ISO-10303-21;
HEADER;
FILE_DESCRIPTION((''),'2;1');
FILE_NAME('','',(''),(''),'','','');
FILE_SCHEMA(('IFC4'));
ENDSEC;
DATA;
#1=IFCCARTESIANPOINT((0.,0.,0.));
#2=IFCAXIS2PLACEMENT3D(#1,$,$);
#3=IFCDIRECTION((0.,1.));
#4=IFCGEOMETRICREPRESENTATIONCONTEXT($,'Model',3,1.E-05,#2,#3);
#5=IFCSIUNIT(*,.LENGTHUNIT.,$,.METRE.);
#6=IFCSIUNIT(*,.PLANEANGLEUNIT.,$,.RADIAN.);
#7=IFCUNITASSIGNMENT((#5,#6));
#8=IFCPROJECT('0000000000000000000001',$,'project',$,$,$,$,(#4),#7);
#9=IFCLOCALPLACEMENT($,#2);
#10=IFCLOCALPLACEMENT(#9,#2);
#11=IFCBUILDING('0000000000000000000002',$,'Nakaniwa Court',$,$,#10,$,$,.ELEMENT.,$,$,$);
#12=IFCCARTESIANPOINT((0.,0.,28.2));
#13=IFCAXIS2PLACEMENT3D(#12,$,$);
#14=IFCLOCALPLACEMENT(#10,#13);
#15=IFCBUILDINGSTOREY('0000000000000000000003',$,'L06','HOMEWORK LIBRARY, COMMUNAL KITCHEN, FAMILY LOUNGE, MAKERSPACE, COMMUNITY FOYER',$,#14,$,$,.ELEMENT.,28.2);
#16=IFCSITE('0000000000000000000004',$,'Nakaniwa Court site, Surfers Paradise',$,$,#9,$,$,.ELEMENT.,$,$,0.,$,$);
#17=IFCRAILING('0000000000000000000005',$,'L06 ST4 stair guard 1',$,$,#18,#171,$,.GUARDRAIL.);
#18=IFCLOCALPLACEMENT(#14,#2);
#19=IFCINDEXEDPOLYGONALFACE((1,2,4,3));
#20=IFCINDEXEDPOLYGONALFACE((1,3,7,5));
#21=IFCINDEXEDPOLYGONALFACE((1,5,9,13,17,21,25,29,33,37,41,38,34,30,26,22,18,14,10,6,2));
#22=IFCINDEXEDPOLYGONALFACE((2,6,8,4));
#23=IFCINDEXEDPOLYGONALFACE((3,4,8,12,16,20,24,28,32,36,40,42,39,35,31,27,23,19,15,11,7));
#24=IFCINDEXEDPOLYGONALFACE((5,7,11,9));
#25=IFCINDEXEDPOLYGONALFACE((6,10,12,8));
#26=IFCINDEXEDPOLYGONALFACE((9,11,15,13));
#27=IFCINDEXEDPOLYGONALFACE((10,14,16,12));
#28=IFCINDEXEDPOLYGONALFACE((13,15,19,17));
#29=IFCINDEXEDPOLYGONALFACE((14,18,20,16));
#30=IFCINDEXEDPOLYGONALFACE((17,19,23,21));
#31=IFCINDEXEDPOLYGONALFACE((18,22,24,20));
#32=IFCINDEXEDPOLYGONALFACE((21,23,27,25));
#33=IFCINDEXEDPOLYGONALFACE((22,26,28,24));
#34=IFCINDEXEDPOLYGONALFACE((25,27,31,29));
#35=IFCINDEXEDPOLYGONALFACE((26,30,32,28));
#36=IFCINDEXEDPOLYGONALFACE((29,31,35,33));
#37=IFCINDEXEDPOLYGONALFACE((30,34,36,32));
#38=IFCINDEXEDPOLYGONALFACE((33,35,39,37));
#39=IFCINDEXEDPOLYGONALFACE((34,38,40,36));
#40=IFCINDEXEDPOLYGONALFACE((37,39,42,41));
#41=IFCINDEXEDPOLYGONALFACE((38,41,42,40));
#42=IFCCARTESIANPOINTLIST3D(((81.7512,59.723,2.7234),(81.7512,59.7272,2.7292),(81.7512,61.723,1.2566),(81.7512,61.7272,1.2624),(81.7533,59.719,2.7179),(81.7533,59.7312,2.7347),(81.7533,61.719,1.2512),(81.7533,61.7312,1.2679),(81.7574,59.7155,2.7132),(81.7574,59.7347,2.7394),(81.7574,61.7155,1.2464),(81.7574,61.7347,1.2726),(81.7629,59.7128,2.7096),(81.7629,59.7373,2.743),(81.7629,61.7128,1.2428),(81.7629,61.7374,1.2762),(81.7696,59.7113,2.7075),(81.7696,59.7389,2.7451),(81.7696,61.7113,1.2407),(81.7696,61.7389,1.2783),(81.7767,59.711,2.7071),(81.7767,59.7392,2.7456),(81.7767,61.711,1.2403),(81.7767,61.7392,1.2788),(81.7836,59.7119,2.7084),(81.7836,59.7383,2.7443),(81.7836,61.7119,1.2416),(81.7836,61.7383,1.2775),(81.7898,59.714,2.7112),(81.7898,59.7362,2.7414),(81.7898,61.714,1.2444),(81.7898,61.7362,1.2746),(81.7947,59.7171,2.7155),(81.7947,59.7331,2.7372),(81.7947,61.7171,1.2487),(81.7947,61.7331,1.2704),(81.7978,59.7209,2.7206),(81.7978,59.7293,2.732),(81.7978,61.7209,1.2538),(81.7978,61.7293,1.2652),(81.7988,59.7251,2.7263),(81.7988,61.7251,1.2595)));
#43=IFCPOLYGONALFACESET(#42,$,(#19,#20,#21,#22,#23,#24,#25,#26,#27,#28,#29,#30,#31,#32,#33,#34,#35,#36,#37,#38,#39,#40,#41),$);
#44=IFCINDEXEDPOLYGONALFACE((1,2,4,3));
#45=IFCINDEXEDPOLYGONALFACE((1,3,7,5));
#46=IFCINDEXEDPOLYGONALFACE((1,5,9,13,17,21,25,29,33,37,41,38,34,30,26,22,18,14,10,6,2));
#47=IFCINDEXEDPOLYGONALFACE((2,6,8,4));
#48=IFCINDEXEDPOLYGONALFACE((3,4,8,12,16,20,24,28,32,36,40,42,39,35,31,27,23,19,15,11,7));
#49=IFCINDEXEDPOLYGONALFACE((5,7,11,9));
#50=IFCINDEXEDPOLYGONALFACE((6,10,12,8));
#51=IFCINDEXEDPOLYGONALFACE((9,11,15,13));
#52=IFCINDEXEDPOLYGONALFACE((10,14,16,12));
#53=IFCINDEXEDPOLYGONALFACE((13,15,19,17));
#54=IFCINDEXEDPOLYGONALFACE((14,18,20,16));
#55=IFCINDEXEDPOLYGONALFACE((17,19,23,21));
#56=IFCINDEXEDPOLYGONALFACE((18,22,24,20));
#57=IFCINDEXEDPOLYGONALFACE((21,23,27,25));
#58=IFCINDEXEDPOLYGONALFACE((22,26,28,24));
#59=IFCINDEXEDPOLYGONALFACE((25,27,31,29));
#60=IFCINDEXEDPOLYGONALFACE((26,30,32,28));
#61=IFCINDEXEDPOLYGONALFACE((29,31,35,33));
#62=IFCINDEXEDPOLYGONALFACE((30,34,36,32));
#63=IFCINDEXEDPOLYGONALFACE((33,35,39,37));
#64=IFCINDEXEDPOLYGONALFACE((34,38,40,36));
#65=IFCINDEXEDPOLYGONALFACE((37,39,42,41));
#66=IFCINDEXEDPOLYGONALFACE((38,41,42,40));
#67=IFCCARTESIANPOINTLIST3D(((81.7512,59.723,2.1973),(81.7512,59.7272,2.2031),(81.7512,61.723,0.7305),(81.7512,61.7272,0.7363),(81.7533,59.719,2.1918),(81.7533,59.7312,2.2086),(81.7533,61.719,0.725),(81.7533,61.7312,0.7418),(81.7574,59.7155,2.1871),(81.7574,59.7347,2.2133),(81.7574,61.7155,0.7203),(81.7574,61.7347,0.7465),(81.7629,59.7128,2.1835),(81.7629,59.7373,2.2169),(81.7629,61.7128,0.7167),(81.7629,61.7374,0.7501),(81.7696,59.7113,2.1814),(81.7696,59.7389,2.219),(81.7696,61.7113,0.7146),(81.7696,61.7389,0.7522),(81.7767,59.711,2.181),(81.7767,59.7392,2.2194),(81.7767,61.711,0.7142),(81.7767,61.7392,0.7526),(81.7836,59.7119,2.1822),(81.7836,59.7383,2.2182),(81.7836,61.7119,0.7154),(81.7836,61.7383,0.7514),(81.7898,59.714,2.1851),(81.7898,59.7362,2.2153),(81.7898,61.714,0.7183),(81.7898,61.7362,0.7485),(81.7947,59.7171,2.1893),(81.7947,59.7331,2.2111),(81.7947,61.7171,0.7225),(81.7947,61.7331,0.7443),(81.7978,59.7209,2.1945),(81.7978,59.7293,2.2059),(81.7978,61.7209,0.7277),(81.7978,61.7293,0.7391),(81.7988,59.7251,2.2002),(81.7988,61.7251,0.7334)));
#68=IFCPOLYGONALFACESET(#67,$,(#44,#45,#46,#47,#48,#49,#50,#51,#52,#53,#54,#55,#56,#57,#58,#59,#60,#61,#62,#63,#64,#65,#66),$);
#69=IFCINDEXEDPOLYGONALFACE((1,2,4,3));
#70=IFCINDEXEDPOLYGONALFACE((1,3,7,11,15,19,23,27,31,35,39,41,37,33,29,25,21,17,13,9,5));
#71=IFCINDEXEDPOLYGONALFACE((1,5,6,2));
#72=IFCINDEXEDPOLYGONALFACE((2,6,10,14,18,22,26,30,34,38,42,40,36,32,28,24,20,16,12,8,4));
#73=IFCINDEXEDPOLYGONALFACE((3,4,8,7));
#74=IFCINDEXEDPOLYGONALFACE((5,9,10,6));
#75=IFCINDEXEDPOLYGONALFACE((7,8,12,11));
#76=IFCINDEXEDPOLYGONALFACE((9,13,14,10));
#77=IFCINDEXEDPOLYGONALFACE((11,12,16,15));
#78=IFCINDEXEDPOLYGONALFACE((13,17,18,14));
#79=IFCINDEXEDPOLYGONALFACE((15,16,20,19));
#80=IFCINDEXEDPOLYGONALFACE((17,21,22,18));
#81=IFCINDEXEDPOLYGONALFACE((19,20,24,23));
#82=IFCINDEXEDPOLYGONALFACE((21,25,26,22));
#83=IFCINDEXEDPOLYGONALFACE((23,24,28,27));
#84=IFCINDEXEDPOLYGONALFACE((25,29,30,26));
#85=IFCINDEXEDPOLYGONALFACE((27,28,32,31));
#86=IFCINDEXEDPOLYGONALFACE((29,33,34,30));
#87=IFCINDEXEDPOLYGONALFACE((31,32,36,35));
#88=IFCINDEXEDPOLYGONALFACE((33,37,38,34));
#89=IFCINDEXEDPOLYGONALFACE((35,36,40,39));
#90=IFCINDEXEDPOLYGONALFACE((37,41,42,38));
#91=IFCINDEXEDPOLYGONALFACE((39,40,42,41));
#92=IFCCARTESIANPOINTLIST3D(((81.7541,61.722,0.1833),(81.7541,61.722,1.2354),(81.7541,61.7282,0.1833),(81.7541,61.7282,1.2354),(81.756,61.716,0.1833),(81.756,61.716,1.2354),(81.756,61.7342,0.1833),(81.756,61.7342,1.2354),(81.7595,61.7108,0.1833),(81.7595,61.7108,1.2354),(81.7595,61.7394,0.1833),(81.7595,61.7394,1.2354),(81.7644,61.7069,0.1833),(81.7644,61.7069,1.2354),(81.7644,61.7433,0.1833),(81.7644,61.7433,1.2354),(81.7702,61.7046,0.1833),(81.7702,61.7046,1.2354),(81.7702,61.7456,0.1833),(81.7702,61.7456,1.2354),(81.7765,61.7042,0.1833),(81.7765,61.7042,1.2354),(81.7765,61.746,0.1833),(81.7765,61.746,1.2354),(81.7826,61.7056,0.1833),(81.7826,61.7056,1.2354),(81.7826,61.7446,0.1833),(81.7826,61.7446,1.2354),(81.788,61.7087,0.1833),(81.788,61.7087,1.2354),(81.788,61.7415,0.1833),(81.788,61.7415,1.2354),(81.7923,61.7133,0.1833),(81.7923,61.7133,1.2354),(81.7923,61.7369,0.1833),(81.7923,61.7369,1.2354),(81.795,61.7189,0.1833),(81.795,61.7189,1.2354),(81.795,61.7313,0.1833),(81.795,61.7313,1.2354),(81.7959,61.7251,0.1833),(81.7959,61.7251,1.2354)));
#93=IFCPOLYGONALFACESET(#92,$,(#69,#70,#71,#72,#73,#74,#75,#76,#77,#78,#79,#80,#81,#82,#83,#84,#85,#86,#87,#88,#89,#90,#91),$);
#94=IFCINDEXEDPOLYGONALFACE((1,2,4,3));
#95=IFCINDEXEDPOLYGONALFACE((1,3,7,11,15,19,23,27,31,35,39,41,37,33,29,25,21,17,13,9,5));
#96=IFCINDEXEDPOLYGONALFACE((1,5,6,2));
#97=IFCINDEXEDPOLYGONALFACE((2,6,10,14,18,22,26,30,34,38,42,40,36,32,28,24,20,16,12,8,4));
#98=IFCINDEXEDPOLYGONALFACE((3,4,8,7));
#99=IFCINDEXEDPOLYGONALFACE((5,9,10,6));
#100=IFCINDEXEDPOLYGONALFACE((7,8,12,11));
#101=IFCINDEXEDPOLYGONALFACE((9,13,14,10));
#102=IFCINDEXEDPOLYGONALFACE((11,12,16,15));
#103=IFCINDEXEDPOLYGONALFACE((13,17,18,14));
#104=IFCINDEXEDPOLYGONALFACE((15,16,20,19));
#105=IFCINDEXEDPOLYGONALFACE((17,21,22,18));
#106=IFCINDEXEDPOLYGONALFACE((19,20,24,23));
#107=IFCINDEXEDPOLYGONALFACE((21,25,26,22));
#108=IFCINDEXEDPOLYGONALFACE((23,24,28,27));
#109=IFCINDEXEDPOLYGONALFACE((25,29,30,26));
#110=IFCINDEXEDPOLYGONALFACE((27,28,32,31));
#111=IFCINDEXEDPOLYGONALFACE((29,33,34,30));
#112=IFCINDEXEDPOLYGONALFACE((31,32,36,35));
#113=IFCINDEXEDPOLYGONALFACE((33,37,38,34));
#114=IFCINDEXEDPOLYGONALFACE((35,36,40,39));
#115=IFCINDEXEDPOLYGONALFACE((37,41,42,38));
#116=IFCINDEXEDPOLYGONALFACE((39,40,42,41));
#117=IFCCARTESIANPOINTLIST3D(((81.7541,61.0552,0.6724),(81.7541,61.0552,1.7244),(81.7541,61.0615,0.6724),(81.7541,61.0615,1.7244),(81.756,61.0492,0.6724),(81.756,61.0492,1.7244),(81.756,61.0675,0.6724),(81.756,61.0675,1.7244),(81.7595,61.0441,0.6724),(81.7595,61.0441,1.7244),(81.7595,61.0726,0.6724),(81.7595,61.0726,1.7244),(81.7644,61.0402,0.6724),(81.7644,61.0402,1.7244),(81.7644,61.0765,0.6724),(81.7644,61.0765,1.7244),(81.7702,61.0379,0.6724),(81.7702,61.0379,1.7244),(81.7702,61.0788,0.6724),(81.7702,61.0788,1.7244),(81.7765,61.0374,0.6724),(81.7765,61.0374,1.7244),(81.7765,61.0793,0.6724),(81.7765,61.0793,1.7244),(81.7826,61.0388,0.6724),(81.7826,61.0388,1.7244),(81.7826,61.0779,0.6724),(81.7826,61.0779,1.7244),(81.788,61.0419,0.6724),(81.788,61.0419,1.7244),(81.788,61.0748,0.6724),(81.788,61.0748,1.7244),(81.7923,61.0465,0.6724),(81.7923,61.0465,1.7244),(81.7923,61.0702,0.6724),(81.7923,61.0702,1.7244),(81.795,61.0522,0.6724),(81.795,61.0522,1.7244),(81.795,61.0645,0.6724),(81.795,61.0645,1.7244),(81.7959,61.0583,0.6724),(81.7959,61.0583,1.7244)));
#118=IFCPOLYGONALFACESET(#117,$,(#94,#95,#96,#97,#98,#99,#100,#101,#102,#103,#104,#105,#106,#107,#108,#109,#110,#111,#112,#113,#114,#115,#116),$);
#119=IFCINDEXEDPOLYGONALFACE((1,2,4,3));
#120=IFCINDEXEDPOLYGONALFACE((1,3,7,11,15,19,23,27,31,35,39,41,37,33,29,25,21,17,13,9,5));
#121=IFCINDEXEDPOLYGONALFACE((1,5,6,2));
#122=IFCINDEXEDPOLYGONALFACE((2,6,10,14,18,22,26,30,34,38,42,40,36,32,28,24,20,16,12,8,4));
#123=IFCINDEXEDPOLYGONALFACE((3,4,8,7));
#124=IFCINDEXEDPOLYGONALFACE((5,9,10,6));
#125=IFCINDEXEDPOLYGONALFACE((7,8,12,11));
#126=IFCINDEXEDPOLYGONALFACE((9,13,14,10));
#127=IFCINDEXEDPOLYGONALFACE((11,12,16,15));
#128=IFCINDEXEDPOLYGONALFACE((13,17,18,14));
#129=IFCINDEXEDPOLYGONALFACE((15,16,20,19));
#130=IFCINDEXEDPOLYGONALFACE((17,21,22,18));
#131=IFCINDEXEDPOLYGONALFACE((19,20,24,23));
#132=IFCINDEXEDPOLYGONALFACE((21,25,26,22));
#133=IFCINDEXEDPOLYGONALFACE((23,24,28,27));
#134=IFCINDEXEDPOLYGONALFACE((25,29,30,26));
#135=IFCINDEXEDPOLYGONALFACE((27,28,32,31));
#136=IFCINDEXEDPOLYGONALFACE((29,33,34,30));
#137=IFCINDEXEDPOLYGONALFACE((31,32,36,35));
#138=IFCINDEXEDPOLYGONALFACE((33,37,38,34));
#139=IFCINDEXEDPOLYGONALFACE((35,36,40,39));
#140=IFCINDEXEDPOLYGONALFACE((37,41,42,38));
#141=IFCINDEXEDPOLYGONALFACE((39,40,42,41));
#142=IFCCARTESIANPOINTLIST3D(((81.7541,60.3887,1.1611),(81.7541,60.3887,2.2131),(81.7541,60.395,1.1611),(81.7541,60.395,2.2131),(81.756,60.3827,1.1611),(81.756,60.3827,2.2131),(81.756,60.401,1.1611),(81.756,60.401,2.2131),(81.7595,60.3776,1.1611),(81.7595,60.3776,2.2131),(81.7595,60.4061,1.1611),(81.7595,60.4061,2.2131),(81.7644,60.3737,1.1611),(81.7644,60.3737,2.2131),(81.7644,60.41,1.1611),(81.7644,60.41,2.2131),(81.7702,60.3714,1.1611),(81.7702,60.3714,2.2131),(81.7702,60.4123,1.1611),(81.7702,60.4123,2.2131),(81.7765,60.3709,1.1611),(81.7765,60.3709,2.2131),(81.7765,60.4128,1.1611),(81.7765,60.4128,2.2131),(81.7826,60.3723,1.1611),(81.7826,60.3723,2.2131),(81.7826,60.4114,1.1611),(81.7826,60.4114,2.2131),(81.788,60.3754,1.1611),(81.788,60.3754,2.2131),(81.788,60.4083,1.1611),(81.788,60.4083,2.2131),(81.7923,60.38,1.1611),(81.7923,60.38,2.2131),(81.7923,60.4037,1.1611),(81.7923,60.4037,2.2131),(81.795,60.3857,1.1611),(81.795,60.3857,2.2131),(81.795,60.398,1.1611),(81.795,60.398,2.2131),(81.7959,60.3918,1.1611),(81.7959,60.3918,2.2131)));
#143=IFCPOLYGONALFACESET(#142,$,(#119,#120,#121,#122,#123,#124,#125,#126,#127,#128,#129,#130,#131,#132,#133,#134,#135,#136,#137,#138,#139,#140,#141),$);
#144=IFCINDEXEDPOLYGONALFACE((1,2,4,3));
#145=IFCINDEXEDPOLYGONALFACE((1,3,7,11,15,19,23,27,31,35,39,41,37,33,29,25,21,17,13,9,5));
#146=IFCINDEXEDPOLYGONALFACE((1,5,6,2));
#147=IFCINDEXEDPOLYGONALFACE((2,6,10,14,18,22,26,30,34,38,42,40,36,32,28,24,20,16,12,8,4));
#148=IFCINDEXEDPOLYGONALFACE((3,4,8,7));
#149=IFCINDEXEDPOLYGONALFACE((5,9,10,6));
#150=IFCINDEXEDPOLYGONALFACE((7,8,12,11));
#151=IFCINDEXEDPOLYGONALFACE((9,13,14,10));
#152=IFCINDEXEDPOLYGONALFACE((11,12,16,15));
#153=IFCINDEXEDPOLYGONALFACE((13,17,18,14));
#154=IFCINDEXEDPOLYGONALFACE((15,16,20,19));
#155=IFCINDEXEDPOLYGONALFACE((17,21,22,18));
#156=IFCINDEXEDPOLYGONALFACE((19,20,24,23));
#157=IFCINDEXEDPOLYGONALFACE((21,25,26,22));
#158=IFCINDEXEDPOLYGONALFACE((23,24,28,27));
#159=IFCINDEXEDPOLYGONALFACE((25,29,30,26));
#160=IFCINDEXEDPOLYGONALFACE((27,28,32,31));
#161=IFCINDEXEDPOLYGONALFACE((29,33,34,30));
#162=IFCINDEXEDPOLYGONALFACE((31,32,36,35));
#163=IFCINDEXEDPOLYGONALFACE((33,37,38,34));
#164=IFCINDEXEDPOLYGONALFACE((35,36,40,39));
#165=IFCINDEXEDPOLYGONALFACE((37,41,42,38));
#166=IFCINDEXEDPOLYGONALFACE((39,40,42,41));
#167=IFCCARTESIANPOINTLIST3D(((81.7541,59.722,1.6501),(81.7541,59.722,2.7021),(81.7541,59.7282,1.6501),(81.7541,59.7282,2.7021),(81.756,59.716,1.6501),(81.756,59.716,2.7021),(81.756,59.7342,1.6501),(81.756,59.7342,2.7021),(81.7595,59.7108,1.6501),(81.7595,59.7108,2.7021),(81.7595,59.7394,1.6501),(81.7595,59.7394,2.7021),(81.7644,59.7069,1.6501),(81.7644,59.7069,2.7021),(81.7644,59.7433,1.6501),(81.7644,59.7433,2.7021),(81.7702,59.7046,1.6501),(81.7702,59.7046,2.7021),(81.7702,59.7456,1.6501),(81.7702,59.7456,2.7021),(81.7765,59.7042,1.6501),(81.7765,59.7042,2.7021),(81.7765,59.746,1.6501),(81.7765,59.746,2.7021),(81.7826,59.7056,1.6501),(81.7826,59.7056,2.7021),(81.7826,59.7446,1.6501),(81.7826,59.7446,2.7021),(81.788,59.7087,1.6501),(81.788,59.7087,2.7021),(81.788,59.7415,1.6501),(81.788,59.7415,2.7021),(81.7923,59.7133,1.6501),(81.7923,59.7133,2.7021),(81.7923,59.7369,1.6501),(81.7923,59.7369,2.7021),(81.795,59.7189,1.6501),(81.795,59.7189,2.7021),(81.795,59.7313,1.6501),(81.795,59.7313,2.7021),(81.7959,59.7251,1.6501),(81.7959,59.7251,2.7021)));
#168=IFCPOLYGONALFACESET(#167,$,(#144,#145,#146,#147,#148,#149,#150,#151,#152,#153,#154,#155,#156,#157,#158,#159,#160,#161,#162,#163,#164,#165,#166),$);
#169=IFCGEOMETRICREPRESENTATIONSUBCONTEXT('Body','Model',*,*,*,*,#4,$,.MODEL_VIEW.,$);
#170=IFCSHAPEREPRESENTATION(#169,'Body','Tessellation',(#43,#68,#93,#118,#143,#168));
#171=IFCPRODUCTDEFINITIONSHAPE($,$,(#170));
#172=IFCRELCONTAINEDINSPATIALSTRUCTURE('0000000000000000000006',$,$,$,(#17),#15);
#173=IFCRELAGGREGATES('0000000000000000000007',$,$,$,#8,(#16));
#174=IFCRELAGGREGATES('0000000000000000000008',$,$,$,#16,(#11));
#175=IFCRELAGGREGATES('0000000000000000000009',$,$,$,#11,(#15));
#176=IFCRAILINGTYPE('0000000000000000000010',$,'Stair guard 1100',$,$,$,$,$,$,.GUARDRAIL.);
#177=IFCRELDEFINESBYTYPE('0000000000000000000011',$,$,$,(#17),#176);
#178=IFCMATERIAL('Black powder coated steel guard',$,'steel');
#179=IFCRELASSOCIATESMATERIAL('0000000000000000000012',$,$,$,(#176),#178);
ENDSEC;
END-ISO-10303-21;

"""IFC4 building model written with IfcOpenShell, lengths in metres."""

from ifc_helpers import new_model, si_unit, direction, frame, origin, origin_2d, place, context, subcontext, project, spatial, circle, extrude, material, type_object, element, save


model = new_model("IFC4")

# Units and contexts
model_context = context("Model", 3, precision=1e-05, world=origin(), true_north=direction((0.0, 1.0)))
body_context = subcontext(model_context, "Body", "Model", "MODEL_VIEW")
ifc_project = project(units=[si_unit("LENGTHUNIT", "METRE"), si_unit("PLANEANGLEUNIT", "RADIAN")], contexts=[model_context])

# Site, building, storey
site_placement = place(None, origin())
site = spatial("IfcSite", under=ifc_project, at=site_placement, Name="Nakaniwa Court site, Surfers Paradise", CompositionType="ELEMENT", RefElevation=0.0)
building_placement = place(site_placement, origin())
building = spatial("IfcBuilding", under=site, at=building_placement, Name="Nakaniwa Court", CompositionType="ELEMENT")
storey_placement = place(building_placement, frame((0.0, 0.0, 28.2)))
storey = spatial("IfcBuildingStorey", under=building, at=storey_placement, Name="L06", Description="HOMEWORK LIBRARY, COMMUNAL KITCHEN, FAMILY LOUNGE, MAKERSPACE, COMMUNITY FOYER", CompositionType="ELEMENT", Elevation=28.2)

# Railing
ifc_material_1 = material(Name="Black powder coated steel guard", Category="steel")
railing_type_1 = type_object("IfcRailingType", Name="Stair guard 1100", PredefinedType="GUARDRAIL", material=ifc_material_1)
railing_1_placement = place(storey_placement, frame((81.7749, 61.7251, 0.1833)))
element("IfcRailing", 1, at=railing_1_placement, inside=storey, type_object=railing_type_1, Name="L06 ST4 stair guard 1", PredefinedType="GUARDRAIL", context=body_context, shape_type="SweptSolid", body=[
    extrude(circle(Radius=0.0239, at=origin_2d()), frame((0.0, 0.0, 1.0762), z_axis=(0.0, -0.80638, 0.591398), x_axis=(1.0, 0.0, 0.0)), (0.0, 0.0, 1.0), 2.4802),
    extrude(circle(Radius=0.0239, at=origin_2d()), frame((0.0, 0.0, 0.55), z_axis=(0.0, -0.80638, 0.591398), x_axis=(1.0, 0.0, 0.0)), (0.0, 0.0, 1.0), 2.4802),
    extrude(circle(Radius=0.021, at=origin_2d()), origin(), (0.0, 0.0, 1.0), 1.052),
    extrude(circle(Radius=0.021, at=origin_2d()), frame((0.0, -0.6667, 0.489)), (0.0, 0.0, 1.0), 1.052),
    extrude(circle(Radius=0.021, at=origin_2d()), frame((0.0, -1.3333, 0.9778)), (0.0, 0.0, 1.0), 1.052),
    extrude(circle(Radius=0.021, at=origin_2d()), frame((0.0, -2.0, 1.4668)), (0.0, 0.0, 1.0), 1.052),
])

save(model, "model.ifc")
